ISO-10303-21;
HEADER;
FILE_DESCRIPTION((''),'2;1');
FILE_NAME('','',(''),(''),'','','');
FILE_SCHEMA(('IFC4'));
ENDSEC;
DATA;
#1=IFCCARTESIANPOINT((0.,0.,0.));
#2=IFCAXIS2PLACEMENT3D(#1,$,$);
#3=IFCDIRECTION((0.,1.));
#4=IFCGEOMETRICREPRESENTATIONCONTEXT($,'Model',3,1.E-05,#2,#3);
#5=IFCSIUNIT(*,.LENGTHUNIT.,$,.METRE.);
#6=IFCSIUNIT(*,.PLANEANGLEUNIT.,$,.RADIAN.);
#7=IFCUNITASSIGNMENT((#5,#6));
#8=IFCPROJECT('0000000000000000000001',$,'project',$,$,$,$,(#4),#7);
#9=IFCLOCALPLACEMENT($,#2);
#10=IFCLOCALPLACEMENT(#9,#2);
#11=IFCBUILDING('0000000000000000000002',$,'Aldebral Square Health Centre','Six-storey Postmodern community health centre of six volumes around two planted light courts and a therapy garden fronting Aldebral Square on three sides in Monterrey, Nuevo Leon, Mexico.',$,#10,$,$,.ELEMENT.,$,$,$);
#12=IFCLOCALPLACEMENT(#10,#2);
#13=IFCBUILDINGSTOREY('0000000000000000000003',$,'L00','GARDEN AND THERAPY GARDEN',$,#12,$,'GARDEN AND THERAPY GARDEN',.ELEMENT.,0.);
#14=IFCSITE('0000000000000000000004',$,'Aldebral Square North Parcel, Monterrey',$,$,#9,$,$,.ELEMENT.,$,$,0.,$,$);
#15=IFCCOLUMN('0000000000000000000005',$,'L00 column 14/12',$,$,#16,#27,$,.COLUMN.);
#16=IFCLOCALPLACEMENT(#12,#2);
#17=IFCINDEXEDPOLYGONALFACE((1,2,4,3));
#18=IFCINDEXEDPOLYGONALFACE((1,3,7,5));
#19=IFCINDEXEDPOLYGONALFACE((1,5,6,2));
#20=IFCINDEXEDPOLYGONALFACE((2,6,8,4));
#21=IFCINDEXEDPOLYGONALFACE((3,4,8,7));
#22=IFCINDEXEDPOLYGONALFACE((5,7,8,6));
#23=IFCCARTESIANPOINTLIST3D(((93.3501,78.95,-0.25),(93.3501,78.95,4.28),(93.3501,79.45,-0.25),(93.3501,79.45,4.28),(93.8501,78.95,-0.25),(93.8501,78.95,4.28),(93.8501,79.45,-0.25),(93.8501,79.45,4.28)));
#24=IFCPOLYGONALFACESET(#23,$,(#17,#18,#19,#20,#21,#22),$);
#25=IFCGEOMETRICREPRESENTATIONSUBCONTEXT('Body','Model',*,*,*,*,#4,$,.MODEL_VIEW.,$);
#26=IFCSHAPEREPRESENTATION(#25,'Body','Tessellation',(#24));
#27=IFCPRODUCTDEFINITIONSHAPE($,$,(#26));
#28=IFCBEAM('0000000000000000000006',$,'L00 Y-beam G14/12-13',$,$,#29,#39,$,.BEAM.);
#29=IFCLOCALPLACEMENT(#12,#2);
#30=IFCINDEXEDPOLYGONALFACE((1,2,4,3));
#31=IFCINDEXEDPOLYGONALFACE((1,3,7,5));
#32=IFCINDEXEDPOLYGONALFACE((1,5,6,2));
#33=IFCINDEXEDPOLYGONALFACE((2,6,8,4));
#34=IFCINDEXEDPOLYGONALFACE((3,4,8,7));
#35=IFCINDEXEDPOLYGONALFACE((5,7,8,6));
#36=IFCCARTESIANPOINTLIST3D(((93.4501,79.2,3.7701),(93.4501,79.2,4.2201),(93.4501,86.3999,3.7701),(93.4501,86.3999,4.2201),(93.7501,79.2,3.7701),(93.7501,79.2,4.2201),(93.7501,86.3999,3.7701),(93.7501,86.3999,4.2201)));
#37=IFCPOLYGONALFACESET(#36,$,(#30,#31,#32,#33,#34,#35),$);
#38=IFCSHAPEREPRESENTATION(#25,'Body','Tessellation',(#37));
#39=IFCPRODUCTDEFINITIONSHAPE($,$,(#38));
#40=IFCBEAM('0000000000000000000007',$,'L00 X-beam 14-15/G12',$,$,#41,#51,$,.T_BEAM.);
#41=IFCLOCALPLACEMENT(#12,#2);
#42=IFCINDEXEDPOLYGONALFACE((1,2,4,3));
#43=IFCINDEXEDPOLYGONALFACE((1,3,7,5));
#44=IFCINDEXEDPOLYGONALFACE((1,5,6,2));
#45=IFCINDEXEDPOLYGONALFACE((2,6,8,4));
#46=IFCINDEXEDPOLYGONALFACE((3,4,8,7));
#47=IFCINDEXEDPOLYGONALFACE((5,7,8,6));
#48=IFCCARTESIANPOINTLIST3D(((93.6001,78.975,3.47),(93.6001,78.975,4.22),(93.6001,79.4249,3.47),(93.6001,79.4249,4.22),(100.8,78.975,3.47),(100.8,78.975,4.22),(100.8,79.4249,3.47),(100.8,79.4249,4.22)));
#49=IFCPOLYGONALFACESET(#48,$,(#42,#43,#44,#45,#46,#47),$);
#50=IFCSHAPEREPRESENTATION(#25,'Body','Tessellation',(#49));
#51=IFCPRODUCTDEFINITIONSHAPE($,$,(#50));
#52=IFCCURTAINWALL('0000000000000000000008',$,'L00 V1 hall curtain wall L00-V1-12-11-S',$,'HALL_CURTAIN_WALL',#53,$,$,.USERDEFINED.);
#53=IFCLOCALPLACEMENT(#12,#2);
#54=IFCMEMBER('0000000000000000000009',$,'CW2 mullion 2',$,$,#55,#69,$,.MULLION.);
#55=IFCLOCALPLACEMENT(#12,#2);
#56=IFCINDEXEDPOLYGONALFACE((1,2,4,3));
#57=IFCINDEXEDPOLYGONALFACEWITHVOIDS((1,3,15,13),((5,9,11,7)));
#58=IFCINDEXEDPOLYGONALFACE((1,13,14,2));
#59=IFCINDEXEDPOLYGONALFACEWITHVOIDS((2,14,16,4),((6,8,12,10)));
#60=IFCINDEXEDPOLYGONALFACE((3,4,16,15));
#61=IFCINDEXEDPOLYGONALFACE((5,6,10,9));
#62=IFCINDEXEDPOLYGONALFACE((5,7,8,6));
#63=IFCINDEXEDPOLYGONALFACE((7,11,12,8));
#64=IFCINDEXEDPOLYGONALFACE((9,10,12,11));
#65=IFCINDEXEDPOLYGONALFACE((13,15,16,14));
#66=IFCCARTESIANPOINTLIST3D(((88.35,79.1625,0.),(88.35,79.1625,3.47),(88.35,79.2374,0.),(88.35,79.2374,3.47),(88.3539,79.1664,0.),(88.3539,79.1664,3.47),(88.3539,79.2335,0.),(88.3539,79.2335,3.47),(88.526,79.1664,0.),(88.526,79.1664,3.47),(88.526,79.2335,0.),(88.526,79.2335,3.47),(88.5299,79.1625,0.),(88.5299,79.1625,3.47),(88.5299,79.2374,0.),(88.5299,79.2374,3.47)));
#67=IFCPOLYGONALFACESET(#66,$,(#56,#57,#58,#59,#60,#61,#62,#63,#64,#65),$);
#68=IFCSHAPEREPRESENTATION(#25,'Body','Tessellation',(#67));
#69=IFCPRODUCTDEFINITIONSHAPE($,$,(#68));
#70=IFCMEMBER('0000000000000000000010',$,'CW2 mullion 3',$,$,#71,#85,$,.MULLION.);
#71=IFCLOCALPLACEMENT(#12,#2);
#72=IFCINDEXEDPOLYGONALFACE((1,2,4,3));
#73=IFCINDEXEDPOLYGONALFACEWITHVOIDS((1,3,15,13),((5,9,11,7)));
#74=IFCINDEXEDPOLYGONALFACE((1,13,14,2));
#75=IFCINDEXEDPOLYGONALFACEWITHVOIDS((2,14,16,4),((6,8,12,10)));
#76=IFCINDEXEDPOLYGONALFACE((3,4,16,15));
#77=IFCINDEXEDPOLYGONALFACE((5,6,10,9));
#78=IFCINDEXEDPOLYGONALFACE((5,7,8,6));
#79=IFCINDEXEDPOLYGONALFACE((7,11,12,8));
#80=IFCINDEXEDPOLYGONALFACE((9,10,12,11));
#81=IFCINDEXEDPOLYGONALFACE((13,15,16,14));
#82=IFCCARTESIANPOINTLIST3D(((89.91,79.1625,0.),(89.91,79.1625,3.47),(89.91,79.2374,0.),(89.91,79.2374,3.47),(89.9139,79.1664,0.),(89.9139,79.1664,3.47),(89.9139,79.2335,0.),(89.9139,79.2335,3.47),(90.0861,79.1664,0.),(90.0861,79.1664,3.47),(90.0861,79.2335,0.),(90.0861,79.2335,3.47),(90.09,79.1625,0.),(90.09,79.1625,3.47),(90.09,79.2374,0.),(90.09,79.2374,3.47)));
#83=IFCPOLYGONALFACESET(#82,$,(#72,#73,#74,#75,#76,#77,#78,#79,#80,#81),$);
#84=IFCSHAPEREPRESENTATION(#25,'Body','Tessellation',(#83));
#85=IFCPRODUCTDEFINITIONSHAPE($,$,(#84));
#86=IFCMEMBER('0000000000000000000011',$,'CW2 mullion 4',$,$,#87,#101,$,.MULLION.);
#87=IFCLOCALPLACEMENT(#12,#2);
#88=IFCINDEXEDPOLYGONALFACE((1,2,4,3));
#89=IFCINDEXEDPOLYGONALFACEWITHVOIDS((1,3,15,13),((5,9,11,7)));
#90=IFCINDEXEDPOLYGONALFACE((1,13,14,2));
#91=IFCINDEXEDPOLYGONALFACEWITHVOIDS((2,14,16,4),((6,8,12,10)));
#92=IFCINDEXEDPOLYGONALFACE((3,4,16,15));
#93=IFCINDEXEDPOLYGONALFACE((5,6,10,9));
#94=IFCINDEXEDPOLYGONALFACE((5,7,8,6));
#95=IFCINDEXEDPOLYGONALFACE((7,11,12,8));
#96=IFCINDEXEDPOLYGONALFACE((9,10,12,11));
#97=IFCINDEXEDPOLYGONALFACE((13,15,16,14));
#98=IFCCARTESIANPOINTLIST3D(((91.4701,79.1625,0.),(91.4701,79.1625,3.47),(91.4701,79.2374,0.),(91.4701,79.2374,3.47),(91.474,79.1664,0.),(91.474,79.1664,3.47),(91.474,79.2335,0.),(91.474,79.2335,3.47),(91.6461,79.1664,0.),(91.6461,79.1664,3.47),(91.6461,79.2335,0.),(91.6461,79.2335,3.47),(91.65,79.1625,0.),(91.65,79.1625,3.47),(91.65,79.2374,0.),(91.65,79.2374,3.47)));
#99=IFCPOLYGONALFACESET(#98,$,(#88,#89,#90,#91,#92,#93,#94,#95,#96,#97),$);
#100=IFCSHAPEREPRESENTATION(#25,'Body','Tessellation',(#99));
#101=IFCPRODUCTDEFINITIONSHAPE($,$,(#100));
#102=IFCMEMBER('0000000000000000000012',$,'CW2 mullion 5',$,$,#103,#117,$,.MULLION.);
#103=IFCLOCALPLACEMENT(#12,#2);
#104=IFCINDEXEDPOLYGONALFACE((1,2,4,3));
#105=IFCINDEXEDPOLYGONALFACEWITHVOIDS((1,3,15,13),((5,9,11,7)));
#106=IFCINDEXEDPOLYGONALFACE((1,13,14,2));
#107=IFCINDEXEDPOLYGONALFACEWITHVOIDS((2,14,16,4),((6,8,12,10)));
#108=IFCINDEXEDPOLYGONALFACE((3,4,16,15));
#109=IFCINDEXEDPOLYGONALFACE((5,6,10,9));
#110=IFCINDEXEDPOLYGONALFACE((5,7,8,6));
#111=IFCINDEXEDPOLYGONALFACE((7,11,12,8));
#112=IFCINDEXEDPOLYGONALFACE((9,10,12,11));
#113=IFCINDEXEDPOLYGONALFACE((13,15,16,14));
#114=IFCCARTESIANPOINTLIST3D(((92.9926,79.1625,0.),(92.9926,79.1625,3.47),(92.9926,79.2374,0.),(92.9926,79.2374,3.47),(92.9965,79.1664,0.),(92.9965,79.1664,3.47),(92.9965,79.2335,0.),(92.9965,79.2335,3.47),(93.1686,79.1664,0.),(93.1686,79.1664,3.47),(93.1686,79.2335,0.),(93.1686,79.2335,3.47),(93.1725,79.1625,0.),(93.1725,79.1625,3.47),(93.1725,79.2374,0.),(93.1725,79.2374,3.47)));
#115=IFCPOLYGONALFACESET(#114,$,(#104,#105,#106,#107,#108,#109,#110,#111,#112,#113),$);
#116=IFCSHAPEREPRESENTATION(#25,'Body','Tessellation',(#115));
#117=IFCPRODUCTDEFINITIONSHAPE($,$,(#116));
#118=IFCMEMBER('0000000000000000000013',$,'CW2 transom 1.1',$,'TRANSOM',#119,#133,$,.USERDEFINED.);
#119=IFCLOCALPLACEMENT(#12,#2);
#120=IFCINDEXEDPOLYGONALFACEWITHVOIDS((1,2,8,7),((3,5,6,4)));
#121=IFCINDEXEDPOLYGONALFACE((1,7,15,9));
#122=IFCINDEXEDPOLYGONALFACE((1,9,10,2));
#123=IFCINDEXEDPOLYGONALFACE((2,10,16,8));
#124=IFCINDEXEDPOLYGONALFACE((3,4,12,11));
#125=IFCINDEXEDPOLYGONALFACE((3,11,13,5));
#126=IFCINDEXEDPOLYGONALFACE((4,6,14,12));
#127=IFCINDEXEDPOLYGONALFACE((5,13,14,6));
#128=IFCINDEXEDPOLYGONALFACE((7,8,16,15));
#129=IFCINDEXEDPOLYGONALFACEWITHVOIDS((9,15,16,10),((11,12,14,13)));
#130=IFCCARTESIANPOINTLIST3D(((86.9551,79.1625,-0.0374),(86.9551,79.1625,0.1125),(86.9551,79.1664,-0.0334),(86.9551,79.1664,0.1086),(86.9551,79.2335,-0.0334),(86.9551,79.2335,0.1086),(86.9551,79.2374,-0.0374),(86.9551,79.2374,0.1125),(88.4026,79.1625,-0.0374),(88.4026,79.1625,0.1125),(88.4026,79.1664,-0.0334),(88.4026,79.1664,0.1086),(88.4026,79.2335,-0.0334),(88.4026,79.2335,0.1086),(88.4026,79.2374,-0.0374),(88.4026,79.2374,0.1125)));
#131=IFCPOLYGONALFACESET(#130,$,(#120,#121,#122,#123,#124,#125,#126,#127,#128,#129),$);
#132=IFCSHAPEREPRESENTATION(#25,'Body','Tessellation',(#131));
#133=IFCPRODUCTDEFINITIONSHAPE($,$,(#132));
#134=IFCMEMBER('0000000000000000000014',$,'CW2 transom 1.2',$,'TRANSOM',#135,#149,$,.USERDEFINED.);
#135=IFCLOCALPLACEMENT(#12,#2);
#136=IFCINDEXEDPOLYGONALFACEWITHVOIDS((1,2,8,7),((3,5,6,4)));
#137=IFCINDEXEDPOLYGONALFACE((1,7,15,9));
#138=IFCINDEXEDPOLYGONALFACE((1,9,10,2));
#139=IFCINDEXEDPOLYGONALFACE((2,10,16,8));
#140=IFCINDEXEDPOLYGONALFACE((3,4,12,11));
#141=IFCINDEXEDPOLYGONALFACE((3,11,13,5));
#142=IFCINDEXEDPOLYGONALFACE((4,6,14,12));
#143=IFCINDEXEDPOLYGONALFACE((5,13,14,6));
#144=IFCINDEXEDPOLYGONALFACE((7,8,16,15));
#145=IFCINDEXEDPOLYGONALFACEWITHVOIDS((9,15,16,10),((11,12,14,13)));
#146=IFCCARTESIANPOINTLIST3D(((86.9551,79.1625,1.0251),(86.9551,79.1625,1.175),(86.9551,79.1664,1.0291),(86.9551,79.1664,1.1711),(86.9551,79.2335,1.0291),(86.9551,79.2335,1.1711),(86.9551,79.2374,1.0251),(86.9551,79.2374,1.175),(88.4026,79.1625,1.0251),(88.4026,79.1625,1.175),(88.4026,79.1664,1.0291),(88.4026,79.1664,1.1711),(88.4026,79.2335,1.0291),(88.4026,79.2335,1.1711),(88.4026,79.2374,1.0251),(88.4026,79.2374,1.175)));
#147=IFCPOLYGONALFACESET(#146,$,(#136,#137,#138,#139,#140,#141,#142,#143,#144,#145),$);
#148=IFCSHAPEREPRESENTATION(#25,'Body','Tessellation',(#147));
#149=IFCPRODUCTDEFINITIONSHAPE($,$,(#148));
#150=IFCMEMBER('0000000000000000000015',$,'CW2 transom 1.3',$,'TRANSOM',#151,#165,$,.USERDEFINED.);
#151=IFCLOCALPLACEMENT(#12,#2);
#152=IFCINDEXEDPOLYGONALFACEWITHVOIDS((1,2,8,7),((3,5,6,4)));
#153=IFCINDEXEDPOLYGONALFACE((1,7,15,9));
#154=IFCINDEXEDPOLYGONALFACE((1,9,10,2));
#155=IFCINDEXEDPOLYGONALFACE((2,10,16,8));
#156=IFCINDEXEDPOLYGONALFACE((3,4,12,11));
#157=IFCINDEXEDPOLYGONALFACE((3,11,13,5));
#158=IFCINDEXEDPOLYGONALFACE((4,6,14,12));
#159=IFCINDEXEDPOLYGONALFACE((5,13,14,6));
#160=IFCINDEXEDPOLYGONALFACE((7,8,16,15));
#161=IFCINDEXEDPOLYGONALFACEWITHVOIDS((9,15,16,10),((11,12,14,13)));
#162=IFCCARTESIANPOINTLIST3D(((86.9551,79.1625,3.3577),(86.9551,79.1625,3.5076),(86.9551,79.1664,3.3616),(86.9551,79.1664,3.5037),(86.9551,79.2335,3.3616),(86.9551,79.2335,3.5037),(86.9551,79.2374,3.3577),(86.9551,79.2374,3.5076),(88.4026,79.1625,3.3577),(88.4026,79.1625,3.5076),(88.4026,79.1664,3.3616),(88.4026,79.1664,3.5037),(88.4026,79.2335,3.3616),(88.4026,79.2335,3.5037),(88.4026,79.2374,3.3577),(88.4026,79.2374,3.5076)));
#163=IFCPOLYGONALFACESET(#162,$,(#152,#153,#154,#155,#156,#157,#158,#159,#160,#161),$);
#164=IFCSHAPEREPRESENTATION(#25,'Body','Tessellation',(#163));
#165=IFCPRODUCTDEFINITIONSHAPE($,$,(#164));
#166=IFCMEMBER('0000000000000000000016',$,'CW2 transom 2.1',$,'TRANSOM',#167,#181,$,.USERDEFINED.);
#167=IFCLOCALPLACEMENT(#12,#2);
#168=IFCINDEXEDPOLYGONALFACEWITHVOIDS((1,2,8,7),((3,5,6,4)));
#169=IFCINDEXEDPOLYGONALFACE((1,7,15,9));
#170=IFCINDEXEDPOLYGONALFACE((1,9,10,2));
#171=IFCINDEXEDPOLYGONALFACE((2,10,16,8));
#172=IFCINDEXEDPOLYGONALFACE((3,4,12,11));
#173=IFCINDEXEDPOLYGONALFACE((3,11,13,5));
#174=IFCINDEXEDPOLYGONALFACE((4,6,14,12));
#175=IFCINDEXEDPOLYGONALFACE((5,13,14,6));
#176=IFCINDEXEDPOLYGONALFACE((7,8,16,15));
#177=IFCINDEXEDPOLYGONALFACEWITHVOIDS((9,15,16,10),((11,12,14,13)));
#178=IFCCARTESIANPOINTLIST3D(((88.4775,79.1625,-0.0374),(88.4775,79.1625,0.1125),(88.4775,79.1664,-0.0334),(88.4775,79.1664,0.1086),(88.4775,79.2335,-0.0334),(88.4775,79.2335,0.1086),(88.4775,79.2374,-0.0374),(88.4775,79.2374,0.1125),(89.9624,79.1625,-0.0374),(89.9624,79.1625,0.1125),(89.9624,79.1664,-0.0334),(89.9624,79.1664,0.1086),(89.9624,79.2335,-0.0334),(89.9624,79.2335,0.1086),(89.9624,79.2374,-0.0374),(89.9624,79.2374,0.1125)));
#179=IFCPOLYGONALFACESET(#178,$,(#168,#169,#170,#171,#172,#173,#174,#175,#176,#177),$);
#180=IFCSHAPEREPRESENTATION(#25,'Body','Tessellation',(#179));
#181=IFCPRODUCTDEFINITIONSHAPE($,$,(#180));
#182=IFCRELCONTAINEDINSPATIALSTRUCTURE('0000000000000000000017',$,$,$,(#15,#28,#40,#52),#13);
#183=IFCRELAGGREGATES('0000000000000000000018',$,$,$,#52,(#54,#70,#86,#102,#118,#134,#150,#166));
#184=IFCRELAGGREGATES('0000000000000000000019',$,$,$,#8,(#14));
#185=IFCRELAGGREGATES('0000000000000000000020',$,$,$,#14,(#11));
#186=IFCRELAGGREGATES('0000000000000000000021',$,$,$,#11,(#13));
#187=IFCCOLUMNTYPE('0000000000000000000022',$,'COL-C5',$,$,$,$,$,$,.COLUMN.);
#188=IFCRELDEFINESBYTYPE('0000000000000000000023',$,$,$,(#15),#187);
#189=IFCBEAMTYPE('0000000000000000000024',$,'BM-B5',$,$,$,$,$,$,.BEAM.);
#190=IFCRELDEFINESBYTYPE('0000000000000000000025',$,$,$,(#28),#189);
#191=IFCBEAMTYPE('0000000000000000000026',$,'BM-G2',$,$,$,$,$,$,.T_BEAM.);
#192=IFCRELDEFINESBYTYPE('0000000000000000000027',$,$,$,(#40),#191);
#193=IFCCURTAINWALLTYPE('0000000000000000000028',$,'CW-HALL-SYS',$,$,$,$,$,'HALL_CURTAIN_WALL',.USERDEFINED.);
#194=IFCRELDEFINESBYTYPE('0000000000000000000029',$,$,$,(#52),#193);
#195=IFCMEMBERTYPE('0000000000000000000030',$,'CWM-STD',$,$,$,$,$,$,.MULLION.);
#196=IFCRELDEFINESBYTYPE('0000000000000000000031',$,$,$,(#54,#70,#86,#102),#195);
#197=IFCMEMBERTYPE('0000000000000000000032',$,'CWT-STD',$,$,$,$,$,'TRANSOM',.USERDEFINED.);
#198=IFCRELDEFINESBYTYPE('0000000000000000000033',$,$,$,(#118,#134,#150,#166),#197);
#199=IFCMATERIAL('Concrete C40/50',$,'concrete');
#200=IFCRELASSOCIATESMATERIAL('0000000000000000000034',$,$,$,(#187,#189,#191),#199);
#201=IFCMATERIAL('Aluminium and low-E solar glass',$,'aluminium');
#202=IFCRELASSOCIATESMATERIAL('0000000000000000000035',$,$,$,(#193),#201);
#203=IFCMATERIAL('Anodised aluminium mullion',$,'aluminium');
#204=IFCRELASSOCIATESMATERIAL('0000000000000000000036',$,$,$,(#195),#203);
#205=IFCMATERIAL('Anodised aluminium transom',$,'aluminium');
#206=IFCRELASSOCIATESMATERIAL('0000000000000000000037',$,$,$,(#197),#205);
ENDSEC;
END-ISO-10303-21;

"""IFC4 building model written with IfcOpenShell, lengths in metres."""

from ifc_helpers import new_model, si_unit, direction, frame, origin, origin_2d, place, context, subcontext, project, spatial, rectangle, hollow_rectangle, extrude, material, material_profile, profile_set, type_object, element, aggregate, save


model = new_model("IFC4")

# Units and contexts
model_context = context("Model", 3, precision=1e-05, world=origin(), true_north=direction((0.0, 1.0)))
body_context = subcontext(model_context, "Body", "Model", "MODEL_VIEW")
ifc_project = project(units=[si_unit("LENGTHUNIT", "METRE"), si_unit("PLANEANGLEUNIT", "RADIAN")], contexts=[model_context])

# Site, building, storey
site_placement = place(None, origin())
site = spatial("IfcSite", under=ifc_project, at=site_placement, Name="Aldebral Square North Parcel, Monterrey", CompositionType="ELEMENT", RefElevation=0.0)
building_placement = place(site_placement, origin())
building = spatial("IfcBuilding", under=site, at=building_placement, Name="Aldebral Square Health Centre", Description="Six-storey Postmodern community health centre of six volumes around two planted light courts and a therapy garden fronting Aldebral Square on three sides in Monterrey, Nuevo Leon, Mexico.", CompositionType="ELEMENT")
storey_placement = place(building_placement, origin())
storey = spatial("IfcBuildingStorey", under=building, at=storey_placement, Name="L00", Description="GARDEN AND THERAPY GARDEN", LongName="GARDEN AND THERAPY GARDEN", CompositionType="ELEMENT", Elevation=0.0)

# Column
ifc_material_1 = material(Name="Concrete C40/50", Category="concrete")
ifc_material_profile_1 = material_profile(ifc_material_1, rectangle(XDim=0.5, YDim=0.5, at=origin_2d()), Name="RC 500x500")
ifc_profile_set_1 = profile_set([ifc_material_profile_1], Name="Concrete C40/50")
column_type = type_object("IfcColumnType", Name="COL-C5", PredefinedType="COLUMN", material=ifc_profile_set_1)
column_placement = place(storey_placement, frame((93.6001, 79.2, -0.25), z_axis=(0.0, 0.0, 1.0), x_axis=(1.0, 0.0, 0.0)))
element("IfcColumn", 1, at=column_placement, inside=storey, type_object=column_type, Name="L00 column 14/12", PredefinedType="COLUMN", context=body_context, shape_type="SweptSolid", body=[
    extrude(rectangle(XDim=0.5, YDim=0.5, at=origin_2d()), origin(), (0.0, 0.0, 1.0), 4.53),
])

# Beams
ifc_material_profile_2 = material_profile(ifc_material_1, rectangle(XDim=0.3, YDim=0.45, at=origin_2d()), Name="RC 300x450")
ifc_profile_set_2 = profile_set([ifc_material_profile_2], Name="Concrete C40/50")
beam_type_1 = type_object("IfcBeamType", Name="BM-B5", PredefinedType="BEAM", material=ifc_profile_set_2)
beam_1_placement = place(storey_placement, frame((93.6001, 79.2, 3.9951), z_axis=(0.0, 1.0, 0.0), x_axis=(-1.0, 0.0, 0.0)))
element("IfcBeam", 2, at=beam_1_placement, inside=storey, type_object=beam_type_1, Name="L00 Y-beam G14/12-13", PredefinedType="BEAM", context=body_context, shape_type="SweptSolid", body=[
    extrude(rectangle(XDim=0.3, YDim=0.45, at=origin_2d()), origin(), (0.0, 0.0, 1.0), 7.2),
])
ifc_material_profile_3 = material_profile(ifc_material_1, rectangle(XDim=0.45, YDim=0.75, at=origin_2d()), Name="RC 450x750")
ifc_profile_set_3 = profile_set([ifc_material_profile_3], Name="Concrete C40/50")
beam_type_2 = type_object("IfcBeamType", Name="BM-G2", PredefinedType="T_BEAM", material=ifc_profile_set_3)
beam_2_placement = place(storey_placement, frame((93.6001, 79.2, 3.845), z_axis=(1.0, 0.0, 0.0), x_axis=(0.0, 1.0, 0.0)))
element("IfcBeam", 3, at=beam_2_placement, inside=storey, type_object=beam_type_2, Name="L00 X-beam 14-15/G12", PredefinedType="T_BEAM", context=body_context, shape_type="SweptSolid", body=[
    extrude(rectangle(XDim=0.45, YDim=0.75, at=origin_2d()), origin(), (0.0, 0.0, 1.0), 7.2),
])

# Curtain wall, members
ifc_material_2 = material(Name="Aluminium and low-E solar glass", Category="aluminium")
curtain_wall_type = type_object("IfcCurtainWallType", Name="CW-HALL-SYS", ElementType="HALL_CURTAIN_WALL", PredefinedType="USERDEFINED", material=ifc_material_2)
curtain_wall_placement = place(storey_placement, origin())
curtain_wall = element("IfcCurtainWall", 4, at=curtain_wall_placement, inside=storey, type_object=curtain_wall_type, Name="L00 V1 hall curtain wall L00-V1-12-11-S", ObjectType="HALL_CURTAIN_WALL", PredefinedType="USERDEFINED")
ifc_material_3 = material(Name="Anodised aluminium mullion", Category="aluminium")
ifc_material_profile_4 = material_profile(ifc_material_3, hollow_rectangle(XDim=0.075, YDim=0.1799, WallThickness=0.0039, at=origin_2d()), Name="CWM 75x180x4")
ifc_profile_set_4 = profile_set([ifc_material_profile_4], Name="Anodised aluminium mullion")
member_type_1 = type_object("IfcMemberType", Name="CWM-STD", PredefinedType="MULLION", material=ifc_profile_set_4)
member_1_placement = place(storey_placement, frame((88.4399, 79.2, 0.0), z_axis=(0.0, 0.0, 1.0), x_axis=(0.0, 1.0, 0.0)))
member_1 = element("IfcMember", 5, at=member_1_placement, type_object=member_type_1, Name="CW2 mullion 2", PredefinedType="MULLION", context=body_context, shape_type="SweptSolid", body=[
    extrude(hollow_rectangle(XDim=0.075, YDim=0.1799, WallThickness=0.0039, at=origin_2d()), origin(), (0.0, 0.0, 1.0), 3.47),
])
member_2_placement = place(storey_placement, frame((90.0, 79.2, 0.0), z_axis=(0.0, 0.0, 1.0), x_axis=(0.0, 1.0, 0.0)))
member_2 = element("IfcMember", 6, at=member_2_placement, type_object=member_type_1, Name="CW2 mullion 3", PredefinedType="MULLION", context=body_context, shape_type="SweptSolid", body=[
    extrude(hollow_rectangle(XDim=0.075, YDim=0.1799, WallThickness=0.0039, at=origin_2d()), origin(), (0.0, 0.0, 1.0), 3.47),
])
member_3_placement = place(storey_placement, frame((91.5601, 79.2, 0.0), z_axis=(0.0, 0.0, 1.0), x_axis=(0.0, 1.0, 0.0)))
member_3 = element("IfcMember", 7, at=member_3_placement, type_object=member_type_1, Name="CW2 mullion 4", PredefinedType="MULLION", context=body_context, shape_type="SweptSolid", body=[
    extrude(hollow_rectangle(XDim=0.075, YDim=0.1799, WallThickness=0.0039, at=origin_2d()), origin(), (0.0, 0.0, 1.0), 3.47),
])
member_4_placement = place(storey_placement, frame((93.0825, 79.2, 0.0), z_axis=(0.0, 0.0, 1.0), x_axis=(0.0, 1.0, 0.0)))
member_4 = element("IfcMember", 8, at=member_4_placement, type_object=member_type_1, Name="CW2 mullion 5", PredefinedType="MULLION", context=body_context, shape_type="SweptSolid", body=[
    extrude(hollow_rectangle(XDim=0.075, YDim=0.1799, WallThickness=0.0039, at=origin_2d()), origin(), (0.0, 0.0, 1.0), 3.47),
])
ifc_material_4 = material(Name="Anodised aluminium transom", Category="aluminium")
ifc_material_profile_5 = material_profile(ifc_material_4, hollow_rectangle(XDim=0.075, YDim=0.1499, WallThickness=0.0039, at=origin_2d()), Name="CWT 75x150x4")
ifc_profile_set_5 = profile_set([ifc_material_profile_5], Name="Anodised aluminium transom")
member_type_2 = type_object("IfcMemberType", Name="CWT-STD", ElementType="TRANSOM", PredefinedType="USERDEFINED", material=ifc_profile_set_5)
member_5_placement = place(storey_placement, frame((86.9551, 79.2, 0.0376), z_axis=(1.0, 0.0, 0.0), x_axis=(0.0, 1.0, 0.0)))
member_5 = element("IfcMember", 9, at=member_5_placement, type_object=member_type_2, Name="CW2 transom 1.1", ObjectType="TRANSOM", PredefinedType="USERDEFINED", context=body_context, shape_type="SweptSolid", body=[
    extrude(hollow_rectangle(XDim=0.075, YDim=0.1499, WallThickness=0.0039, at=origin_2d()), origin(), (0.0, 0.0, 1.0), 1.4475),
])
member_6_placement = place(storey_placement, frame((86.9551, 79.2, 1.1001), z_axis=(1.0, 0.0, 0.0), x_axis=(0.0, 1.0, 0.0)))
member_6 = element("IfcMember", 10, at=member_6_placement, type_object=member_type_2, Name="CW2 transom 1.2", ObjectType="TRANSOM", PredefinedType="USERDEFINED", context=body_context, shape_type="SweptSolid", body=[
    extrude(hollow_rectangle(XDim=0.075, YDim=0.1499, WallThickness=0.0039, at=origin_2d()), origin(), (0.0, 0.0, 1.0), 1.4475),
])
member_7_placement = place(storey_placement, frame((86.9551, 79.2, 3.4326), z_axis=(1.0, 0.0, 0.0), x_axis=(0.0, 1.0, 0.0)))
member_7 = element("IfcMember", 11, at=member_7_placement, type_object=member_type_2, Name="CW2 transom 1.3", ObjectType="TRANSOM", PredefinedType="USERDEFINED", context=body_context, shape_type="SweptSolid", body=[
    extrude(hollow_rectangle(XDim=0.075, YDim=0.1499, WallThickness=0.0039, at=origin_2d()), origin(), (0.0, 0.0, 1.0), 1.4475),
])
member_8_placement = place(storey_placement, frame((88.4775, 79.2, 0.0376), z_axis=(1.0, 0.0, 0.0), x_axis=(0.0, 1.0, 0.0)))
member_8 = element("IfcMember", 12, at=member_8_placement, type_object=member_type_2, Name="CW2 transom 2.1", ObjectType="TRANSOM", PredefinedType="USERDEFINED", context=body_context, shape_type="SweptSolid", body=[
    extrude(hollow_rectangle(XDim=0.075, YDim=0.1499, WallThickness=0.0039, at=origin_2d()), origin(), (0.0, 0.0, 1.0), 1.4849),
])
aggregate(curtain_wall, [member_1, member_2, member_3, member_4, member_5, member_6, member_7, member_8])

save(model, "model.ifc")
